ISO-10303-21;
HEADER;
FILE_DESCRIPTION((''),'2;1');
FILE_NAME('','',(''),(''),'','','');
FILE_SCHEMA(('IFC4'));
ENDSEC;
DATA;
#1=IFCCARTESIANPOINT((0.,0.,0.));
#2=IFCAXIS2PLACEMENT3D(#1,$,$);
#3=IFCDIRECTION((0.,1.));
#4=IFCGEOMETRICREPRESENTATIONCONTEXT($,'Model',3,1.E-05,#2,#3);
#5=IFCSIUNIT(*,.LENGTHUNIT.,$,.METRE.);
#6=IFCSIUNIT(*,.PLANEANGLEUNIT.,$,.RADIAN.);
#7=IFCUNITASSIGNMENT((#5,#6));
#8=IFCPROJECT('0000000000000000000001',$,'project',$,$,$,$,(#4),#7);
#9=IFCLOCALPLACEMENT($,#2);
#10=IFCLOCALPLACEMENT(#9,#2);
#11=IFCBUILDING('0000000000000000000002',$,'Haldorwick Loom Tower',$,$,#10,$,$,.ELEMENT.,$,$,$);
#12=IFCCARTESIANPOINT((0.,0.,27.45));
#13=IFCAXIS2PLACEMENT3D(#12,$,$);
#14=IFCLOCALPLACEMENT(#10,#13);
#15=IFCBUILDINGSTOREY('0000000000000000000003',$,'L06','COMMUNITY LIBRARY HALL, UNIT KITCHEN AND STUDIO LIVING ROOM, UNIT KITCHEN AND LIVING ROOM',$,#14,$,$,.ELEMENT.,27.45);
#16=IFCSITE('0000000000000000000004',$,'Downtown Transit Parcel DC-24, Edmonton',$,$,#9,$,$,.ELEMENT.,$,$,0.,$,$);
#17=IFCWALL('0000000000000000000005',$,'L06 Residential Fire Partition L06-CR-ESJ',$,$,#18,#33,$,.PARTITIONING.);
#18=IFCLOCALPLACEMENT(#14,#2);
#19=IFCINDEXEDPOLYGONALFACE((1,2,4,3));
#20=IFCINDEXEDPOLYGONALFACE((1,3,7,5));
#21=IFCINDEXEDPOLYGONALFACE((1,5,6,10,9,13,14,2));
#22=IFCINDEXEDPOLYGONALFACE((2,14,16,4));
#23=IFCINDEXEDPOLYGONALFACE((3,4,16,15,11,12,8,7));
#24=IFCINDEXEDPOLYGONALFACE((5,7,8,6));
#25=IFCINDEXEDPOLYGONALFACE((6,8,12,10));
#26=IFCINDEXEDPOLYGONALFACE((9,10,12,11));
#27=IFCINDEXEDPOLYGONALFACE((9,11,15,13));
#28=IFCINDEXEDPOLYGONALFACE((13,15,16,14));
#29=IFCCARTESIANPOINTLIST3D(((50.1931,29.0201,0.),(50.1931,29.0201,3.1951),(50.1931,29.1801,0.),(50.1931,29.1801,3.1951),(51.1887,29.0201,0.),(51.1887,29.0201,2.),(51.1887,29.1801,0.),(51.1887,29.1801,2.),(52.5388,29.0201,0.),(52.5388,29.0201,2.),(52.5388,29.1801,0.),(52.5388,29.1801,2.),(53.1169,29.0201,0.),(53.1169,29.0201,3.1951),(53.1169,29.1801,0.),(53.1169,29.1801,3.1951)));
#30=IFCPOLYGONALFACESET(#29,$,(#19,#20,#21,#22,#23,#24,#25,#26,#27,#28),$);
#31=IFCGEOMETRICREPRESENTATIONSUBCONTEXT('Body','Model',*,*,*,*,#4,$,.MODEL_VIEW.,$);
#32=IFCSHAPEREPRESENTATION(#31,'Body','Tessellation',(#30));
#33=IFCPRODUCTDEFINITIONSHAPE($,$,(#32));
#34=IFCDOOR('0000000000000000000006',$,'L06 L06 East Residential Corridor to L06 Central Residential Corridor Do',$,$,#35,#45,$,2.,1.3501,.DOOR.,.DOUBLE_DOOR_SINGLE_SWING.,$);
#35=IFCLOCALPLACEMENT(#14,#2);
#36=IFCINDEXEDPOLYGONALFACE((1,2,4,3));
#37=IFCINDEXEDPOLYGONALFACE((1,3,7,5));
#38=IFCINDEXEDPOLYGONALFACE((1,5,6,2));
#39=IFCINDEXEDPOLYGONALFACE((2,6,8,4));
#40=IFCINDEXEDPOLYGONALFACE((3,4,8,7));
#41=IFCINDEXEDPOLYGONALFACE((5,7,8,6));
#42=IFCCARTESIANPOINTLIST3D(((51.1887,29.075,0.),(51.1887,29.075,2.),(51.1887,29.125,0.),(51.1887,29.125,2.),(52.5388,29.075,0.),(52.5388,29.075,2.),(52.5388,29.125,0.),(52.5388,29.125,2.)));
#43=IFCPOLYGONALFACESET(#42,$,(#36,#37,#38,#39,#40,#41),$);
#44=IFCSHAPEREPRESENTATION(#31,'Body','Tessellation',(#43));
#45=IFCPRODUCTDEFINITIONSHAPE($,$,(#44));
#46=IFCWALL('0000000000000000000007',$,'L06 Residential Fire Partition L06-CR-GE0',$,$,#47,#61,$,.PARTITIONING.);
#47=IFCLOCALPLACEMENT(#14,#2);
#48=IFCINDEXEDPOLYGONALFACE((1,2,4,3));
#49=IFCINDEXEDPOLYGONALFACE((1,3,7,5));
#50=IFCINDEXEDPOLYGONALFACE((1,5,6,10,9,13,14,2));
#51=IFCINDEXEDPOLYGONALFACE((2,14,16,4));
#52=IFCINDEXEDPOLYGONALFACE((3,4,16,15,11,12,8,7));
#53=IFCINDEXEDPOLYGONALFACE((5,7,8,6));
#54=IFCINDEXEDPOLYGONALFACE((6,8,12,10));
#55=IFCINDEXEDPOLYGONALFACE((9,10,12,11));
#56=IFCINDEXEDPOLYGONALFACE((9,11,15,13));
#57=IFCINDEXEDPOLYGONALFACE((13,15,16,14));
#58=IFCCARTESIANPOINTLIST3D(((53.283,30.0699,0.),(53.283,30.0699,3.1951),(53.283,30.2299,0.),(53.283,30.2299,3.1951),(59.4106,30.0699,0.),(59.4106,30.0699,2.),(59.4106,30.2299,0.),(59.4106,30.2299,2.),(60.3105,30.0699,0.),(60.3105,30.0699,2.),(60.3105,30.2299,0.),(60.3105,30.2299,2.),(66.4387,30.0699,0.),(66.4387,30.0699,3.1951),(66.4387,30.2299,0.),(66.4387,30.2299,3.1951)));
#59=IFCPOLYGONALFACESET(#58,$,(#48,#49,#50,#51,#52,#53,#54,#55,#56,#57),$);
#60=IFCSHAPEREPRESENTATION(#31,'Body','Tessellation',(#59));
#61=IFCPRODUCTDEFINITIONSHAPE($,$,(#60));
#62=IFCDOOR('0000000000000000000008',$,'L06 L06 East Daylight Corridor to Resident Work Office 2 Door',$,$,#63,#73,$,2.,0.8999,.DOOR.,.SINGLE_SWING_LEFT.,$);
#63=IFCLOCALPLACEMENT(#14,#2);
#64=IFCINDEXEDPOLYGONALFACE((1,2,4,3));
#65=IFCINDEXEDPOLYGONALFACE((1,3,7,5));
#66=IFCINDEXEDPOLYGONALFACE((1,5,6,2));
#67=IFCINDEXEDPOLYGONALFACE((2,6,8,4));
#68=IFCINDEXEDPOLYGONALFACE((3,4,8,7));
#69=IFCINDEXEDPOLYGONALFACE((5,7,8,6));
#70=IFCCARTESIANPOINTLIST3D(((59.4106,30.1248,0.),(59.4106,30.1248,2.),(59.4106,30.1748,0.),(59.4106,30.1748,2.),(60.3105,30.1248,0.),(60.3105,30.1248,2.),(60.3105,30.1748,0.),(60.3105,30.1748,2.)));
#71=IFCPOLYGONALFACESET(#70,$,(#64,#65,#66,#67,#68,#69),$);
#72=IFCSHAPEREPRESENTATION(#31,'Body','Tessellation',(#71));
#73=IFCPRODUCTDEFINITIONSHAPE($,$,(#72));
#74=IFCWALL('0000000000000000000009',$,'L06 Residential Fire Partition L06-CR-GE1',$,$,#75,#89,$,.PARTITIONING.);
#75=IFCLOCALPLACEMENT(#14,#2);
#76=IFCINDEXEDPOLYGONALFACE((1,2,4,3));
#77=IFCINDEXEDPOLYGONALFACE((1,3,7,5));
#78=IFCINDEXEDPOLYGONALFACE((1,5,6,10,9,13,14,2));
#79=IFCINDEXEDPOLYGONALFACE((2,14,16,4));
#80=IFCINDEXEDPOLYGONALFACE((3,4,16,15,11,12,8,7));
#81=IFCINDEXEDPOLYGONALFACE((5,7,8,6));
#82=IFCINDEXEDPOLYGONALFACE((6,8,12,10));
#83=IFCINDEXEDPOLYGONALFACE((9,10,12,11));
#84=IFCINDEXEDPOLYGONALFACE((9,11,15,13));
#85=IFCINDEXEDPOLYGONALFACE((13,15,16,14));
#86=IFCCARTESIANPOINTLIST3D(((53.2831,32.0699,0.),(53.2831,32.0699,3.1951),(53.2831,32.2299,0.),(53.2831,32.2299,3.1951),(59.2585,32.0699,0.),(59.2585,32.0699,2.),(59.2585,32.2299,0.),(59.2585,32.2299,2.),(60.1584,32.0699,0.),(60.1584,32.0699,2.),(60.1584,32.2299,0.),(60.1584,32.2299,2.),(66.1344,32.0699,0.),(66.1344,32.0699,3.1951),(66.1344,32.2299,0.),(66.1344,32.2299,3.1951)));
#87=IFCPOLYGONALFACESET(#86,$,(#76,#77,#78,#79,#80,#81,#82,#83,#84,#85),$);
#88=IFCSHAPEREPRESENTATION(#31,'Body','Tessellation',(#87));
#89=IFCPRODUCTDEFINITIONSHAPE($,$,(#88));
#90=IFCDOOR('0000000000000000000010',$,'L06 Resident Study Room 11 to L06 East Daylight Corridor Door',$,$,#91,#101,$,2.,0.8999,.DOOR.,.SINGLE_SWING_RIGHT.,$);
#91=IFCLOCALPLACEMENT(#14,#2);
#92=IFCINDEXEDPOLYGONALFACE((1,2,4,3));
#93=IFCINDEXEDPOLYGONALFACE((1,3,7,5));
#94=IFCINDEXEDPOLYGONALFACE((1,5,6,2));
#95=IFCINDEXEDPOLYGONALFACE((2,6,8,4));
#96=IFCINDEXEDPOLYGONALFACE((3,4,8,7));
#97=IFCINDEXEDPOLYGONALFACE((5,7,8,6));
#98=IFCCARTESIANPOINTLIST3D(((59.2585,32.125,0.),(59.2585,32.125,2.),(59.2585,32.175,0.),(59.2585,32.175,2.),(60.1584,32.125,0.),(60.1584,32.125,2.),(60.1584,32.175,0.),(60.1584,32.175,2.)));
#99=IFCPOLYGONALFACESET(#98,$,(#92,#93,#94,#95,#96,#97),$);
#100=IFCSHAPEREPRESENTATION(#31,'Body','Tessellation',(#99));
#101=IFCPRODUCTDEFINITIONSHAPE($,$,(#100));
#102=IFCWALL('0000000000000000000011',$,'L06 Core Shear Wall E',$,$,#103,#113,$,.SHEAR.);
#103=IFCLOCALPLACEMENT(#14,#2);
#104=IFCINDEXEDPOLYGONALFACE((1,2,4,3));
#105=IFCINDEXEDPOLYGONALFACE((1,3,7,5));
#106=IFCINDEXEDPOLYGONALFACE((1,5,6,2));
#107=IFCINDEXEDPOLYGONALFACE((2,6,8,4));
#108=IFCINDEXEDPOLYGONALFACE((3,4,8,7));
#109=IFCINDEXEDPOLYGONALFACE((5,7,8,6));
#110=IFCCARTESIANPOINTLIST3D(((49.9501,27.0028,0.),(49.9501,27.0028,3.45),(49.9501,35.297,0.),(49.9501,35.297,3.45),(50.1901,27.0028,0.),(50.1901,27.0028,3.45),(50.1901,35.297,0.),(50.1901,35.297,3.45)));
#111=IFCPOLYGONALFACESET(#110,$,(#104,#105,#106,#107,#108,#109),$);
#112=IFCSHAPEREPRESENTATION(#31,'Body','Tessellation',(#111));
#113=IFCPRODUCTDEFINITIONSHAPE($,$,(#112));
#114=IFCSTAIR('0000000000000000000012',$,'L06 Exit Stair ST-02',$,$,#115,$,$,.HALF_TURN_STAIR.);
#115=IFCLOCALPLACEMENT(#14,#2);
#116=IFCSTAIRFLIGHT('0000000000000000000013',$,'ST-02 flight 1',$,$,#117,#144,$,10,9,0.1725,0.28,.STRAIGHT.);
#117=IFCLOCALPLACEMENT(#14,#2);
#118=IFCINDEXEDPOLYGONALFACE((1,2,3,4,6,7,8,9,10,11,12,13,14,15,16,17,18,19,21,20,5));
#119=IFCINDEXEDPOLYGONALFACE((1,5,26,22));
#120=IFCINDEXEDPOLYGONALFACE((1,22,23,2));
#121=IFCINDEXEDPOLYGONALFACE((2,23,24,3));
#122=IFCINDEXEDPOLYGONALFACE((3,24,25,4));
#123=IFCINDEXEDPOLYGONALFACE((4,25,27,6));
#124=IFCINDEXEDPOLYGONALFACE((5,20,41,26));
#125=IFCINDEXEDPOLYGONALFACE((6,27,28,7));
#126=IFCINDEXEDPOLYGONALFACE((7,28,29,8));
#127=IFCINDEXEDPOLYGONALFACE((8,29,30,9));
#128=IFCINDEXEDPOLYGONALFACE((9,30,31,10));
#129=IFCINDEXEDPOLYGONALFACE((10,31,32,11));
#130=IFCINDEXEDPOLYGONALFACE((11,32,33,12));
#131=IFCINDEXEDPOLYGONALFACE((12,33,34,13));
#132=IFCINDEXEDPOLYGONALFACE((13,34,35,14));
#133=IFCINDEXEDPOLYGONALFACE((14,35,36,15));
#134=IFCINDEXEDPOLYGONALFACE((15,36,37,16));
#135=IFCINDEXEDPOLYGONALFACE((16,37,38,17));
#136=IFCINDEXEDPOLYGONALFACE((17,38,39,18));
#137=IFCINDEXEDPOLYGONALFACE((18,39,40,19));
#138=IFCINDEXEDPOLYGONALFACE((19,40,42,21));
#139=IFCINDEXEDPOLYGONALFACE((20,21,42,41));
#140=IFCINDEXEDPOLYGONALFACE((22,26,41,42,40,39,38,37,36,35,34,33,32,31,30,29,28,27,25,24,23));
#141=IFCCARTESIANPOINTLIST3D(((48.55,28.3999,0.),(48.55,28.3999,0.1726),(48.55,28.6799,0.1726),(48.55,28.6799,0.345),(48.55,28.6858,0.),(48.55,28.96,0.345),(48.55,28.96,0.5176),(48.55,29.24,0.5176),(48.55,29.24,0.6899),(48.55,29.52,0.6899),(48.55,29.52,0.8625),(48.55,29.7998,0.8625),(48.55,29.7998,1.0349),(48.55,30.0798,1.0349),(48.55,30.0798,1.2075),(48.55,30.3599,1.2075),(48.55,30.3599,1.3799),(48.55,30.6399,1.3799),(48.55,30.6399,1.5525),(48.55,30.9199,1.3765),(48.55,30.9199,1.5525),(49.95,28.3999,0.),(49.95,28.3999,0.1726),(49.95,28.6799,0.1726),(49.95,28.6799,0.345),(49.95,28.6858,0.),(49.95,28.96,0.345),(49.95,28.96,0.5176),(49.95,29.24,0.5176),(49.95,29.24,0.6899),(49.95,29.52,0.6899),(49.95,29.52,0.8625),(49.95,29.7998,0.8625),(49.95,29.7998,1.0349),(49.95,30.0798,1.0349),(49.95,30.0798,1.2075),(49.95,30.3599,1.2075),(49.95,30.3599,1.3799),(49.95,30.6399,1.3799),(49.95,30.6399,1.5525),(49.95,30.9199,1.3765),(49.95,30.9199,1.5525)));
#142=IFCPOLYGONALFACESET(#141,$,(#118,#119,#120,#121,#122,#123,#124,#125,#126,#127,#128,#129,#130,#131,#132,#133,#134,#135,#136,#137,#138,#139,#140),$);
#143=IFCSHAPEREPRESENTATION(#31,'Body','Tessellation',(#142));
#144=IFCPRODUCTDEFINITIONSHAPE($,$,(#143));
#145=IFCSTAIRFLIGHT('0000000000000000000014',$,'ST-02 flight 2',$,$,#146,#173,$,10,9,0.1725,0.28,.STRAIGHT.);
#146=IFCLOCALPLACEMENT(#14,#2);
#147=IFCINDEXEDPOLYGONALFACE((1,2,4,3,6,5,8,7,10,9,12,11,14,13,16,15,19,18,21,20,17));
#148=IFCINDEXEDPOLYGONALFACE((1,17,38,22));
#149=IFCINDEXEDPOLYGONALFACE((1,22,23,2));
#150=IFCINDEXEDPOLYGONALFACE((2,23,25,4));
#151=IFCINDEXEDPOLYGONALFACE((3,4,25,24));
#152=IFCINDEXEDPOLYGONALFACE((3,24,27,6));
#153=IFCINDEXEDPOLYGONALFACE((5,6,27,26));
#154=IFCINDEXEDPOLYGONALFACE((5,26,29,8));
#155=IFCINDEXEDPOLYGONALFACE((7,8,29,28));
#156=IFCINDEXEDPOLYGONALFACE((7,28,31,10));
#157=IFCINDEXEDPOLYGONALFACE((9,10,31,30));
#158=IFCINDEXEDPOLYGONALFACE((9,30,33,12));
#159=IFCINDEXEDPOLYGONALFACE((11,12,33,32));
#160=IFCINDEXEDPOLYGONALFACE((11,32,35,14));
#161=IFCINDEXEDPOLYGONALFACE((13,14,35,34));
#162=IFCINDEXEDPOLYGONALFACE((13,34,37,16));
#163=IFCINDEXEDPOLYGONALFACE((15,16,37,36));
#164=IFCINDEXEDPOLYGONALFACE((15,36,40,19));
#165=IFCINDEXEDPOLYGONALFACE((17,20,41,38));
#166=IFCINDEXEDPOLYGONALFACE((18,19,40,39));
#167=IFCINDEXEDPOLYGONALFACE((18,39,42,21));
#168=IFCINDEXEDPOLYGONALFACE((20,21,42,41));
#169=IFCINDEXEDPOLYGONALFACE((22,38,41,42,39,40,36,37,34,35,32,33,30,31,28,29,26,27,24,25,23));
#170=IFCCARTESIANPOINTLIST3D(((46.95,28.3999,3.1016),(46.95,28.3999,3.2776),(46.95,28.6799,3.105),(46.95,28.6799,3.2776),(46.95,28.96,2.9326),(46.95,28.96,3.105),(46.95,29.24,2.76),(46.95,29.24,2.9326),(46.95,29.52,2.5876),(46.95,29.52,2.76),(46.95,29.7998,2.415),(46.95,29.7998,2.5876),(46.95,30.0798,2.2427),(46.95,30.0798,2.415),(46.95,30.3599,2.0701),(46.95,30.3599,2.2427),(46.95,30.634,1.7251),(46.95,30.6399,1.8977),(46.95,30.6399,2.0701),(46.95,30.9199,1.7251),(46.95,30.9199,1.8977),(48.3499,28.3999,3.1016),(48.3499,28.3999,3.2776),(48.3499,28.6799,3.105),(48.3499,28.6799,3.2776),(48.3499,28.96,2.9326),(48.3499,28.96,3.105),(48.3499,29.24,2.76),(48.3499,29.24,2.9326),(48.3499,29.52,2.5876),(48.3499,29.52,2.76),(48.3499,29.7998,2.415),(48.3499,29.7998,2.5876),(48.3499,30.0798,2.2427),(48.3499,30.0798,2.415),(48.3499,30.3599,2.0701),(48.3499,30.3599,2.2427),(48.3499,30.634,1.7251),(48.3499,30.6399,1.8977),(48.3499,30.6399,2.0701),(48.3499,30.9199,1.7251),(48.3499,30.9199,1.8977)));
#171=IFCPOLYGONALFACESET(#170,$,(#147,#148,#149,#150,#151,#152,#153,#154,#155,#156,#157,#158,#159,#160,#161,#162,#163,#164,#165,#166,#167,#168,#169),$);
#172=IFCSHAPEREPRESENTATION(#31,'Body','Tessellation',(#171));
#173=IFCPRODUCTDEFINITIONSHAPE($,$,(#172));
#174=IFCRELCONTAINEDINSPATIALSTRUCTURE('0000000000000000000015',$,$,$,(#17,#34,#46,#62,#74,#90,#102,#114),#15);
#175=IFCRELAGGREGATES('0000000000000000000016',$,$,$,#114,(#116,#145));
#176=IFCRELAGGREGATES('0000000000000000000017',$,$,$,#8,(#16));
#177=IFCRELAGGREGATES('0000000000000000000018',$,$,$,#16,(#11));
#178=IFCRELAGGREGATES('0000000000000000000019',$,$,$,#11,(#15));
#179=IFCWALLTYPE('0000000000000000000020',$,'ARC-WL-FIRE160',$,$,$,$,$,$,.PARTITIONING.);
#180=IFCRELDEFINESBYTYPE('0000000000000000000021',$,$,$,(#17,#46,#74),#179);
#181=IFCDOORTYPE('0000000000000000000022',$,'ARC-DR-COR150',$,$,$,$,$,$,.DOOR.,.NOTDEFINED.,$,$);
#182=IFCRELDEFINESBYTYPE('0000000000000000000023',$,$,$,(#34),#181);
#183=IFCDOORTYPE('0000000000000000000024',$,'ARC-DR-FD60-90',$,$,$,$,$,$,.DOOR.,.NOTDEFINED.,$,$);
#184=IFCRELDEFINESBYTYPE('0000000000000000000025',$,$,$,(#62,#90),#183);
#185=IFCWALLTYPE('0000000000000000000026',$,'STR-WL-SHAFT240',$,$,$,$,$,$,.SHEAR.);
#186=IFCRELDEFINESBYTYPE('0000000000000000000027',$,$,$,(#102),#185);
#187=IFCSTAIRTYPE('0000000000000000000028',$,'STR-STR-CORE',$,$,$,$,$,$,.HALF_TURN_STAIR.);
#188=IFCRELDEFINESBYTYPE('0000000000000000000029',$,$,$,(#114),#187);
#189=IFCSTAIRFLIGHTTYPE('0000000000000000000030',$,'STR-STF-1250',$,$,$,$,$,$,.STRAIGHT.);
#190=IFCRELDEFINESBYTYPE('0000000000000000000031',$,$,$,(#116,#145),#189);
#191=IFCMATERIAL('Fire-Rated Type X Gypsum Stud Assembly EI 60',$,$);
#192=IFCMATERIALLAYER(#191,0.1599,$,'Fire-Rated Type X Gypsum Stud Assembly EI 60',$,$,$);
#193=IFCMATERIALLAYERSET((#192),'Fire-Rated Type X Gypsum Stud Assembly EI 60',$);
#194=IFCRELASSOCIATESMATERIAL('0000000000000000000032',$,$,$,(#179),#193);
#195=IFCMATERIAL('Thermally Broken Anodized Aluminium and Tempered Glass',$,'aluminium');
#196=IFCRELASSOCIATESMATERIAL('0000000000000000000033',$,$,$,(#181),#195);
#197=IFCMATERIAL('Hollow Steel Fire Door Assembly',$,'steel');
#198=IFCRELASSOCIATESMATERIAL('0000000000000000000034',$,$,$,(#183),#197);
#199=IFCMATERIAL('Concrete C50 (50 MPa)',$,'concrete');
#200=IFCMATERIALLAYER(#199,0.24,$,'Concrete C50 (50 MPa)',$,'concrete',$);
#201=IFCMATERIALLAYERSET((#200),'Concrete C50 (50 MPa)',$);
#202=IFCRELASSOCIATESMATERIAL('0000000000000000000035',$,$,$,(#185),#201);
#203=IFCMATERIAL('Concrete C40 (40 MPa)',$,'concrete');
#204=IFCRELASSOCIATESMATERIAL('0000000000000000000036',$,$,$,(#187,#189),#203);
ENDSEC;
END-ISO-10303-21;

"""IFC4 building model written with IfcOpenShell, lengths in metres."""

from ifc_helpers import new_model, si_unit, direction, frame, frame_2d, origin, place, context, subcontext, project, spatial, polyline, rectangle, outline, extrude, material, layer, layer_set, type_object, element, fill, aggregate, save


model = new_model("IFC4")

# Units and contexts
model_context = context("Model", 3, precision=1e-05, world=origin(), true_north=direction((0.0, 1.0)))
body_context = subcontext(model_context, "Body", "Model", "MODEL_VIEW")
ifc_project = project(units=[si_unit("LENGTHUNIT", "METRE"), si_unit("PLANEANGLEUNIT", "RADIAN")], contexts=[model_context])

# Site, building, storey
site_placement = place(None, origin())
site = spatial("IfcSite", under=ifc_project, at=site_placement, Name="Downtown Transit Parcel DC-24, Edmonton", CompositionType="ELEMENT", RefElevation=0.0)
building_placement = place(site_placement, origin())
building = spatial("IfcBuilding", under=site, at=building_placement, Name="Haldorwick Loom Tower", CompositionType="ELEMENT")
storey_placement = place(building_placement, frame((0.0, 0.0, 27.45)))
storey = spatial("IfcBuildingStorey", under=building, at=storey_placement, Name="L06", Description="COMMUNITY LIBRARY HALL, UNIT KITCHEN AND STUDIO LIVING ROOM, UNIT KITCHEN AND LIVING ROOM", CompositionType="ELEMENT", Elevation=27.45)

# Walls, openings, doors
ifc_material_1 = material(Name="Fire-Rated Type X Gypsum Stud Assembly EI 60")
ifc_layer_1 = layer(ifc_material_1, 0.1599, Name="Fire-Rated Type X Gypsum Stud Assembly EI 60")
ifc_layer_set_1 = layer_set([ifc_layer_1], Name="Fire-Rated Type X Gypsum Stud Assembly EI 60")
wall_type_1 = type_object("IfcWallType", Name="ARC-WL-FIRE160", PredefinedType="PARTITIONING", material=ifc_layer_set_1)
wall_1_placement = place(storey_placement, frame((50.1931, 29.1001, 0.0), z_axis=(0.0, 0.0, 1.0), x_axis=(1.0, 0.0, 0.0)))
wall_1 = element("IfcWall", 1, at=wall_1_placement, inside=storey, type_object=wall_type_1, Name="L06 Residential Fire Partition L06-CR-ESJ", PredefinedType="PARTITIONING", context=body_context, shape_type="SweptSolid", body=[
    extrude(rectangle(XDim=2.9238, YDim=0.1599, at=frame_2d((1.4619, 0.0))), origin(), (0.0, 0.0, 1.0), 3.1951),
])
opening_1_placement = place(wall_1_placement, frame((0.9956, 0.0, 0.0)))
opening_1 = element("IfcOpeningElement", 2, at=opening_1_placement, cuts=wall_1, PredefinedType="OPENING", context=body_context, shape_type="SweptSolid", body=[
    extrude(rectangle(XDim=1.3501, YDim=2.0, at=frame_2d((0.675, 1.0))), frame((0.0, 0.0898, 0.0), z_axis=(0.0, -1.0, 0.0), x_axis=(1.0, 0.0, 0.0)), (0.0, 0.0, 1.0), 0.1799),
])
ifc_material_2 = material(Name="Thermally Broken Anodized Aluminium and Tempered Glass", Category="aluminium")
door_type_1 = type_object("IfcDoorType", Name="ARC-DR-COR150", OperationType="NOTDEFINED", PredefinedType="DOOR", material=ifc_material_2)
door_1_placement = place(opening_1_placement, origin())
door_1 = element("IfcDoor", 3, at=door_1_placement, inside=storey, type_object=door_type_1, Name="L06 L06 East Residential Corridor to L06 Central Residential Corridor Do", OperationType="DOUBLE_DOOR_SINGLE_SWING", OverallHeight=2.0, OverallWidth=1.3501, PredefinedType="DOOR", context=body_context, shape_type="SweptSolid", body=[
    extrude(rectangle(XDim=1.3501, YDim=2.0, at=frame_2d((0.675, 1.0))), frame((0.0, 0.0249, 0.0), z_axis=(0.0, -1.0, 0.0), x_axis=(1.0, 0.0, 0.0)), (0.0, 0.0, 1.0), 0.05),
])
fill(opening_1, door_1)
wall_2_placement = place(storey_placement, frame((53.283, 30.1499, 0.0), z_axis=(0.0, 0.0, 1.0), x_axis=(1.0, 0.0, 0.0)))
wall_2 = element("IfcWall", 4, at=wall_2_placement, inside=storey, type_object=wall_type_1, Name="L06 Residential Fire Partition L06-CR-GE0", PredefinedType="PARTITIONING", context=body_context, shape_type="SweptSolid", body=[
    extrude(rectangle(XDim=13.1558, YDim=0.1599, at=frame_2d((6.5779, 0.0))), origin(), (0.0, 0.0, 1.0), 3.1951),
])
opening_2_placement = place(wall_2_placement, frame((6.1277, 0.0, 0.0)))
opening_2 = element("IfcOpeningElement", 5, at=opening_2_placement, cuts=wall_2, PredefinedType="OPENING", context=body_context, shape_type="SweptSolid", body=[
    extrude(rectangle(XDim=0.8999, YDim=2.0, at=frame_2d((0.45, 1.0))), frame((0.0, 0.0898, 0.0), z_axis=(0.0, -1.0, 0.0), x_axis=(1.0, 0.0, 0.0)), (0.0, 0.0, 1.0), 0.1799),
])
ifc_material_3 = material(Name="Hollow Steel Fire Door Assembly", Category="steel")
door_type_2 = type_object("IfcDoorType", Name="ARC-DR-FD60-90", OperationType="NOTDEFINED", PredefinedType="DOOR", material=ifc_material_3)
door_2_placement = place(opening_2_placement, origin())
door_2 = element("IfcDoor", 6, at=door_2_placement, inside=storey, type_object=door_type_2, Name="L06 L06 East Daylight Corridor to Resident Work Office 2 Door", OperationType="SINGLE_SWING_LEFT", OverallHeight=2.0, OverallWidth=0.8999, PredefinedType="DOOR", context=body_context, shape_type="SweptSolid", body=[
    extrude(rectangle(XDim=0.8999, YDim=2.0, at=frame_2d((0.45, 1.0))), frame((0.0, 0.0249, 0.0), z_axis=(0.0, -1.0, 0.0), x_axis=(1.0, 0.0, 0.0)), (0.0, 0.0, 1.0), 0.05),
])
fill(opening_2, door_2)
wall_3_placement = place(storey_placement, frame((53.283, 32.1499, 0.0), z_axis=(0.0, 0.0, 1.0), x_axis=(1.0, 0.0, 0.0)))
wall_3 = element("IfcWall", 7, at=wall_3_placement, inside=storey, type_object=wall_type_1, Name="L06 Residential Fire Partition L06-CR-GE1", PredefinedType="PARTITIONING", context=body_context, shape_type="SweptSolid", body=[
    extrude(rectangle(XDim=12.8513, YDim=0.1599, at=frame_2d((6.4258, 0.0))), origin(), (0.0, 0.0, 1.0), 3.1951),
])
opening_3_placement = place(wall_3_placement, frame((5.9756, 0.0, 0.0)))
opening_3 = element("IfcOpeningElement", 8, at=opening_3_placement, cuts=wall_3, PredefinedType="OPENING", context=body_context, shape_type="SweptSolid", body=[
    extrude(rectangle(XDim=0.8999, YDim=2.0, at=frame_2d((0.45, 1.0))), frame((0.0, 0.0898, 0.0), z_axis=(0.0, -1.0, 0.0), x_axis=(1.0, 0.0, 0.0)), (0.0, 0.0, 1.0), 0.1799),
])
door_3_placement = place(opening_3_placement, frame((0.8999, 0.0, 0.0), z_axis=(0.0, 0.0, 1.0), x_axis=(-1.0, 0.0, 0.0)))
door_3 = element("IfcDoor", 9, at=door_3_placement, inside=storey, type_object=door_type_2, Name="L06 Resident Study Room 11 to L06 East Daylight Corridor Door", OperationType="SINGLE_SWING_RIGHT", OverallHeight=2.0, OverallWidth=0.8999, PredefinedType="DOOR", context=body_context, shape_type="SweptSolid", body=[
    extrude(rectangle(XDim=0.8999, YDim=2.0, at=frame_2d((0.45, 1.0))), frame((0.0, 0.0249, 0.0), z_axis=(0.0, -1.0, 0.0), x_axis=(1.0, 0.0, 0.0)), (0.0, 0.0, 1.0), 0.05),
])
fill(opening_3, door_3)

# Wall
ifc_material_4 = material(Name="Concrete C50 (50 MPa)", Category="concrete")
ifc_layer_2 = layer(ifc_material_4, 0.24, Name="Concrete C50 (50 MPa)", Category="concrete")
ifc_layer_set_2 = layer_set([ifc_layer_2], Name="Concrete C50 (50 MPa)")
wall_type_2 = type_object("IfcWallType", Name="STR-WL-SHAFT240", PredefinedType="SHEAR", material=ifc_layer_set_2)
wall_4_placement = place(storey_placement, frame((50.0701, 27.0029, 0.0), z_axis=(0.0, 0.0, 1.0), x_axis=(0.0, 1.0, 0.0)))
element("IfcWall", 10, at=wall_4_placement, inside=storey, type_object=wall_type_2, Name="L06 Core Shear Wall E", PredefinedType="SHEAR", context=body_context, shape_type="SweptSolid", body=[
    extrude(rectangle(XDim=8.2942, YDim=0.24, at=frame_2d((4.147, 0.0))), origin(), (0.0, 0.0, 1.0), 3.45),
])

# Stair, stair flights
ifc_material_5 = material(Name="Concrete C40 (40 MPa)", Category="concrete")
stair_type = type_object("IfcStairType", Name="STR-STR-CORE", PredefinedType="HALF_TURN_STAIR", material=ifc_material_5)
stair_placement = place(storey_placement, origin())
stair = element("IfcStair", 11, at=stair_placement, inside=storey, type_object=stair_type, Name="L06 Exit Stair ST-02", PredefinedType="HALF_TURN_STAIR")
stair_flight_type = type_object("IfcStairFlightType", Name="STR-STF-1250", PredefinedType="STRAIGHT", material=ifc_material_5)
stair_flight_1_placement = place(storey_placement, frame((49.25, 28.3999, 0.0), z_axis=(0.0, 0.0, 1.0), x_axis=(0.0, 1.0, 0.0)))
stair_flight_1 = element("IfcStairFlight", 12, at=stair_flight_1_placement, type_object=stair_flight_type, Name="ST-02 flight 1", NumberOfRisers=10, NumberOfTreads=9, PredefinedType="STRAIGHT", RiserHeight=0.1725, TreadLength=0.28, context=body_context, shape_type="SweptSolid", body=[
    extrude(outline(polyline([(0.0, 0.0), (0.0, 0.1726), (0.28, 0.1726), (0.28, 0.345), (0.5601, 0.345), (0.5601, 0.5176), (0.8401, 0.5176), (0.8401, 0.6899), (1.1201, 0.6899), (1.1201, 0.8625), (1.3999, 0.8625), (1.3999, 1.0349), (1.6799, 1.0349), (1.6799, 1.2075), (1.96, 1.2075), (1.96, 1.3799), (2.24, 1.3799), (2.24, 1.5525), (2.52, 1.5525), (2.52, 1.7251), (2.52, 1.3765), (0.2859, 0.0), (0.0, 0.0)])), frame((0.0, 0.7, 0.0), z_axis=(0.0, -1.0, 0.0), x_axis=(1.0, 0.0, 0.0)), (0.0, 0.0, 1.0), 1.3999),
])
stair_flight_2_placement = place(storey_placement, frame((47.6499, 30.9199, 1.7251), z_axis=(0.0, 0.0, 1.0), x_axis=(0.0, -1.0, 0.0)))
stair_flight_2 = element("IfcStairFlight", 13, at=stair_flight_2_placement, type_object=stair_flight_type, Name="ST-02 flight 2", NumberOfRisers=10, NumberOfTreads=9, PredefinedType="STRAIGHT", RiserHeight=0.1725, TreadLength=0.28, context=body_context, shape_type="SweptSolid", body=[
    extrude(outline(polyline([(0.0, 0.0), (0.0, 0.1726), (0.28, 0.1726), (0.28, 0.345), (0.5601, 0.345), (0.5601, 0.5176), (0.8401, 0.5176), (0.8401, 0.6899), (1.1201, 0.6899), (1.1201, 0.8625), (1.3999, 0.8625), (1.3999, 1.0349), (1.6799, 1.0349), (1.6799, 1.2075), (1.96, 1.2075), (1.96, 1.3799), (2.24, 1.3799), (2.24, 1.5525), (2.52, 1.5525), (2.52, 1.7251), (2.52, 1.3765), (0.2859, 0.0), (0.0, 0.0)])), frame((0.0, 0.7, 0.0), z_axis=(0.0, -1.0, 0.0), x_axis=(1.0, 0.0, 0.0)), (0.0, 0.0, 1.0), 1.3999),
])
aggregate(stair, [stair_flight_1, stair_flight_2])

save(model, "model.ifc")
